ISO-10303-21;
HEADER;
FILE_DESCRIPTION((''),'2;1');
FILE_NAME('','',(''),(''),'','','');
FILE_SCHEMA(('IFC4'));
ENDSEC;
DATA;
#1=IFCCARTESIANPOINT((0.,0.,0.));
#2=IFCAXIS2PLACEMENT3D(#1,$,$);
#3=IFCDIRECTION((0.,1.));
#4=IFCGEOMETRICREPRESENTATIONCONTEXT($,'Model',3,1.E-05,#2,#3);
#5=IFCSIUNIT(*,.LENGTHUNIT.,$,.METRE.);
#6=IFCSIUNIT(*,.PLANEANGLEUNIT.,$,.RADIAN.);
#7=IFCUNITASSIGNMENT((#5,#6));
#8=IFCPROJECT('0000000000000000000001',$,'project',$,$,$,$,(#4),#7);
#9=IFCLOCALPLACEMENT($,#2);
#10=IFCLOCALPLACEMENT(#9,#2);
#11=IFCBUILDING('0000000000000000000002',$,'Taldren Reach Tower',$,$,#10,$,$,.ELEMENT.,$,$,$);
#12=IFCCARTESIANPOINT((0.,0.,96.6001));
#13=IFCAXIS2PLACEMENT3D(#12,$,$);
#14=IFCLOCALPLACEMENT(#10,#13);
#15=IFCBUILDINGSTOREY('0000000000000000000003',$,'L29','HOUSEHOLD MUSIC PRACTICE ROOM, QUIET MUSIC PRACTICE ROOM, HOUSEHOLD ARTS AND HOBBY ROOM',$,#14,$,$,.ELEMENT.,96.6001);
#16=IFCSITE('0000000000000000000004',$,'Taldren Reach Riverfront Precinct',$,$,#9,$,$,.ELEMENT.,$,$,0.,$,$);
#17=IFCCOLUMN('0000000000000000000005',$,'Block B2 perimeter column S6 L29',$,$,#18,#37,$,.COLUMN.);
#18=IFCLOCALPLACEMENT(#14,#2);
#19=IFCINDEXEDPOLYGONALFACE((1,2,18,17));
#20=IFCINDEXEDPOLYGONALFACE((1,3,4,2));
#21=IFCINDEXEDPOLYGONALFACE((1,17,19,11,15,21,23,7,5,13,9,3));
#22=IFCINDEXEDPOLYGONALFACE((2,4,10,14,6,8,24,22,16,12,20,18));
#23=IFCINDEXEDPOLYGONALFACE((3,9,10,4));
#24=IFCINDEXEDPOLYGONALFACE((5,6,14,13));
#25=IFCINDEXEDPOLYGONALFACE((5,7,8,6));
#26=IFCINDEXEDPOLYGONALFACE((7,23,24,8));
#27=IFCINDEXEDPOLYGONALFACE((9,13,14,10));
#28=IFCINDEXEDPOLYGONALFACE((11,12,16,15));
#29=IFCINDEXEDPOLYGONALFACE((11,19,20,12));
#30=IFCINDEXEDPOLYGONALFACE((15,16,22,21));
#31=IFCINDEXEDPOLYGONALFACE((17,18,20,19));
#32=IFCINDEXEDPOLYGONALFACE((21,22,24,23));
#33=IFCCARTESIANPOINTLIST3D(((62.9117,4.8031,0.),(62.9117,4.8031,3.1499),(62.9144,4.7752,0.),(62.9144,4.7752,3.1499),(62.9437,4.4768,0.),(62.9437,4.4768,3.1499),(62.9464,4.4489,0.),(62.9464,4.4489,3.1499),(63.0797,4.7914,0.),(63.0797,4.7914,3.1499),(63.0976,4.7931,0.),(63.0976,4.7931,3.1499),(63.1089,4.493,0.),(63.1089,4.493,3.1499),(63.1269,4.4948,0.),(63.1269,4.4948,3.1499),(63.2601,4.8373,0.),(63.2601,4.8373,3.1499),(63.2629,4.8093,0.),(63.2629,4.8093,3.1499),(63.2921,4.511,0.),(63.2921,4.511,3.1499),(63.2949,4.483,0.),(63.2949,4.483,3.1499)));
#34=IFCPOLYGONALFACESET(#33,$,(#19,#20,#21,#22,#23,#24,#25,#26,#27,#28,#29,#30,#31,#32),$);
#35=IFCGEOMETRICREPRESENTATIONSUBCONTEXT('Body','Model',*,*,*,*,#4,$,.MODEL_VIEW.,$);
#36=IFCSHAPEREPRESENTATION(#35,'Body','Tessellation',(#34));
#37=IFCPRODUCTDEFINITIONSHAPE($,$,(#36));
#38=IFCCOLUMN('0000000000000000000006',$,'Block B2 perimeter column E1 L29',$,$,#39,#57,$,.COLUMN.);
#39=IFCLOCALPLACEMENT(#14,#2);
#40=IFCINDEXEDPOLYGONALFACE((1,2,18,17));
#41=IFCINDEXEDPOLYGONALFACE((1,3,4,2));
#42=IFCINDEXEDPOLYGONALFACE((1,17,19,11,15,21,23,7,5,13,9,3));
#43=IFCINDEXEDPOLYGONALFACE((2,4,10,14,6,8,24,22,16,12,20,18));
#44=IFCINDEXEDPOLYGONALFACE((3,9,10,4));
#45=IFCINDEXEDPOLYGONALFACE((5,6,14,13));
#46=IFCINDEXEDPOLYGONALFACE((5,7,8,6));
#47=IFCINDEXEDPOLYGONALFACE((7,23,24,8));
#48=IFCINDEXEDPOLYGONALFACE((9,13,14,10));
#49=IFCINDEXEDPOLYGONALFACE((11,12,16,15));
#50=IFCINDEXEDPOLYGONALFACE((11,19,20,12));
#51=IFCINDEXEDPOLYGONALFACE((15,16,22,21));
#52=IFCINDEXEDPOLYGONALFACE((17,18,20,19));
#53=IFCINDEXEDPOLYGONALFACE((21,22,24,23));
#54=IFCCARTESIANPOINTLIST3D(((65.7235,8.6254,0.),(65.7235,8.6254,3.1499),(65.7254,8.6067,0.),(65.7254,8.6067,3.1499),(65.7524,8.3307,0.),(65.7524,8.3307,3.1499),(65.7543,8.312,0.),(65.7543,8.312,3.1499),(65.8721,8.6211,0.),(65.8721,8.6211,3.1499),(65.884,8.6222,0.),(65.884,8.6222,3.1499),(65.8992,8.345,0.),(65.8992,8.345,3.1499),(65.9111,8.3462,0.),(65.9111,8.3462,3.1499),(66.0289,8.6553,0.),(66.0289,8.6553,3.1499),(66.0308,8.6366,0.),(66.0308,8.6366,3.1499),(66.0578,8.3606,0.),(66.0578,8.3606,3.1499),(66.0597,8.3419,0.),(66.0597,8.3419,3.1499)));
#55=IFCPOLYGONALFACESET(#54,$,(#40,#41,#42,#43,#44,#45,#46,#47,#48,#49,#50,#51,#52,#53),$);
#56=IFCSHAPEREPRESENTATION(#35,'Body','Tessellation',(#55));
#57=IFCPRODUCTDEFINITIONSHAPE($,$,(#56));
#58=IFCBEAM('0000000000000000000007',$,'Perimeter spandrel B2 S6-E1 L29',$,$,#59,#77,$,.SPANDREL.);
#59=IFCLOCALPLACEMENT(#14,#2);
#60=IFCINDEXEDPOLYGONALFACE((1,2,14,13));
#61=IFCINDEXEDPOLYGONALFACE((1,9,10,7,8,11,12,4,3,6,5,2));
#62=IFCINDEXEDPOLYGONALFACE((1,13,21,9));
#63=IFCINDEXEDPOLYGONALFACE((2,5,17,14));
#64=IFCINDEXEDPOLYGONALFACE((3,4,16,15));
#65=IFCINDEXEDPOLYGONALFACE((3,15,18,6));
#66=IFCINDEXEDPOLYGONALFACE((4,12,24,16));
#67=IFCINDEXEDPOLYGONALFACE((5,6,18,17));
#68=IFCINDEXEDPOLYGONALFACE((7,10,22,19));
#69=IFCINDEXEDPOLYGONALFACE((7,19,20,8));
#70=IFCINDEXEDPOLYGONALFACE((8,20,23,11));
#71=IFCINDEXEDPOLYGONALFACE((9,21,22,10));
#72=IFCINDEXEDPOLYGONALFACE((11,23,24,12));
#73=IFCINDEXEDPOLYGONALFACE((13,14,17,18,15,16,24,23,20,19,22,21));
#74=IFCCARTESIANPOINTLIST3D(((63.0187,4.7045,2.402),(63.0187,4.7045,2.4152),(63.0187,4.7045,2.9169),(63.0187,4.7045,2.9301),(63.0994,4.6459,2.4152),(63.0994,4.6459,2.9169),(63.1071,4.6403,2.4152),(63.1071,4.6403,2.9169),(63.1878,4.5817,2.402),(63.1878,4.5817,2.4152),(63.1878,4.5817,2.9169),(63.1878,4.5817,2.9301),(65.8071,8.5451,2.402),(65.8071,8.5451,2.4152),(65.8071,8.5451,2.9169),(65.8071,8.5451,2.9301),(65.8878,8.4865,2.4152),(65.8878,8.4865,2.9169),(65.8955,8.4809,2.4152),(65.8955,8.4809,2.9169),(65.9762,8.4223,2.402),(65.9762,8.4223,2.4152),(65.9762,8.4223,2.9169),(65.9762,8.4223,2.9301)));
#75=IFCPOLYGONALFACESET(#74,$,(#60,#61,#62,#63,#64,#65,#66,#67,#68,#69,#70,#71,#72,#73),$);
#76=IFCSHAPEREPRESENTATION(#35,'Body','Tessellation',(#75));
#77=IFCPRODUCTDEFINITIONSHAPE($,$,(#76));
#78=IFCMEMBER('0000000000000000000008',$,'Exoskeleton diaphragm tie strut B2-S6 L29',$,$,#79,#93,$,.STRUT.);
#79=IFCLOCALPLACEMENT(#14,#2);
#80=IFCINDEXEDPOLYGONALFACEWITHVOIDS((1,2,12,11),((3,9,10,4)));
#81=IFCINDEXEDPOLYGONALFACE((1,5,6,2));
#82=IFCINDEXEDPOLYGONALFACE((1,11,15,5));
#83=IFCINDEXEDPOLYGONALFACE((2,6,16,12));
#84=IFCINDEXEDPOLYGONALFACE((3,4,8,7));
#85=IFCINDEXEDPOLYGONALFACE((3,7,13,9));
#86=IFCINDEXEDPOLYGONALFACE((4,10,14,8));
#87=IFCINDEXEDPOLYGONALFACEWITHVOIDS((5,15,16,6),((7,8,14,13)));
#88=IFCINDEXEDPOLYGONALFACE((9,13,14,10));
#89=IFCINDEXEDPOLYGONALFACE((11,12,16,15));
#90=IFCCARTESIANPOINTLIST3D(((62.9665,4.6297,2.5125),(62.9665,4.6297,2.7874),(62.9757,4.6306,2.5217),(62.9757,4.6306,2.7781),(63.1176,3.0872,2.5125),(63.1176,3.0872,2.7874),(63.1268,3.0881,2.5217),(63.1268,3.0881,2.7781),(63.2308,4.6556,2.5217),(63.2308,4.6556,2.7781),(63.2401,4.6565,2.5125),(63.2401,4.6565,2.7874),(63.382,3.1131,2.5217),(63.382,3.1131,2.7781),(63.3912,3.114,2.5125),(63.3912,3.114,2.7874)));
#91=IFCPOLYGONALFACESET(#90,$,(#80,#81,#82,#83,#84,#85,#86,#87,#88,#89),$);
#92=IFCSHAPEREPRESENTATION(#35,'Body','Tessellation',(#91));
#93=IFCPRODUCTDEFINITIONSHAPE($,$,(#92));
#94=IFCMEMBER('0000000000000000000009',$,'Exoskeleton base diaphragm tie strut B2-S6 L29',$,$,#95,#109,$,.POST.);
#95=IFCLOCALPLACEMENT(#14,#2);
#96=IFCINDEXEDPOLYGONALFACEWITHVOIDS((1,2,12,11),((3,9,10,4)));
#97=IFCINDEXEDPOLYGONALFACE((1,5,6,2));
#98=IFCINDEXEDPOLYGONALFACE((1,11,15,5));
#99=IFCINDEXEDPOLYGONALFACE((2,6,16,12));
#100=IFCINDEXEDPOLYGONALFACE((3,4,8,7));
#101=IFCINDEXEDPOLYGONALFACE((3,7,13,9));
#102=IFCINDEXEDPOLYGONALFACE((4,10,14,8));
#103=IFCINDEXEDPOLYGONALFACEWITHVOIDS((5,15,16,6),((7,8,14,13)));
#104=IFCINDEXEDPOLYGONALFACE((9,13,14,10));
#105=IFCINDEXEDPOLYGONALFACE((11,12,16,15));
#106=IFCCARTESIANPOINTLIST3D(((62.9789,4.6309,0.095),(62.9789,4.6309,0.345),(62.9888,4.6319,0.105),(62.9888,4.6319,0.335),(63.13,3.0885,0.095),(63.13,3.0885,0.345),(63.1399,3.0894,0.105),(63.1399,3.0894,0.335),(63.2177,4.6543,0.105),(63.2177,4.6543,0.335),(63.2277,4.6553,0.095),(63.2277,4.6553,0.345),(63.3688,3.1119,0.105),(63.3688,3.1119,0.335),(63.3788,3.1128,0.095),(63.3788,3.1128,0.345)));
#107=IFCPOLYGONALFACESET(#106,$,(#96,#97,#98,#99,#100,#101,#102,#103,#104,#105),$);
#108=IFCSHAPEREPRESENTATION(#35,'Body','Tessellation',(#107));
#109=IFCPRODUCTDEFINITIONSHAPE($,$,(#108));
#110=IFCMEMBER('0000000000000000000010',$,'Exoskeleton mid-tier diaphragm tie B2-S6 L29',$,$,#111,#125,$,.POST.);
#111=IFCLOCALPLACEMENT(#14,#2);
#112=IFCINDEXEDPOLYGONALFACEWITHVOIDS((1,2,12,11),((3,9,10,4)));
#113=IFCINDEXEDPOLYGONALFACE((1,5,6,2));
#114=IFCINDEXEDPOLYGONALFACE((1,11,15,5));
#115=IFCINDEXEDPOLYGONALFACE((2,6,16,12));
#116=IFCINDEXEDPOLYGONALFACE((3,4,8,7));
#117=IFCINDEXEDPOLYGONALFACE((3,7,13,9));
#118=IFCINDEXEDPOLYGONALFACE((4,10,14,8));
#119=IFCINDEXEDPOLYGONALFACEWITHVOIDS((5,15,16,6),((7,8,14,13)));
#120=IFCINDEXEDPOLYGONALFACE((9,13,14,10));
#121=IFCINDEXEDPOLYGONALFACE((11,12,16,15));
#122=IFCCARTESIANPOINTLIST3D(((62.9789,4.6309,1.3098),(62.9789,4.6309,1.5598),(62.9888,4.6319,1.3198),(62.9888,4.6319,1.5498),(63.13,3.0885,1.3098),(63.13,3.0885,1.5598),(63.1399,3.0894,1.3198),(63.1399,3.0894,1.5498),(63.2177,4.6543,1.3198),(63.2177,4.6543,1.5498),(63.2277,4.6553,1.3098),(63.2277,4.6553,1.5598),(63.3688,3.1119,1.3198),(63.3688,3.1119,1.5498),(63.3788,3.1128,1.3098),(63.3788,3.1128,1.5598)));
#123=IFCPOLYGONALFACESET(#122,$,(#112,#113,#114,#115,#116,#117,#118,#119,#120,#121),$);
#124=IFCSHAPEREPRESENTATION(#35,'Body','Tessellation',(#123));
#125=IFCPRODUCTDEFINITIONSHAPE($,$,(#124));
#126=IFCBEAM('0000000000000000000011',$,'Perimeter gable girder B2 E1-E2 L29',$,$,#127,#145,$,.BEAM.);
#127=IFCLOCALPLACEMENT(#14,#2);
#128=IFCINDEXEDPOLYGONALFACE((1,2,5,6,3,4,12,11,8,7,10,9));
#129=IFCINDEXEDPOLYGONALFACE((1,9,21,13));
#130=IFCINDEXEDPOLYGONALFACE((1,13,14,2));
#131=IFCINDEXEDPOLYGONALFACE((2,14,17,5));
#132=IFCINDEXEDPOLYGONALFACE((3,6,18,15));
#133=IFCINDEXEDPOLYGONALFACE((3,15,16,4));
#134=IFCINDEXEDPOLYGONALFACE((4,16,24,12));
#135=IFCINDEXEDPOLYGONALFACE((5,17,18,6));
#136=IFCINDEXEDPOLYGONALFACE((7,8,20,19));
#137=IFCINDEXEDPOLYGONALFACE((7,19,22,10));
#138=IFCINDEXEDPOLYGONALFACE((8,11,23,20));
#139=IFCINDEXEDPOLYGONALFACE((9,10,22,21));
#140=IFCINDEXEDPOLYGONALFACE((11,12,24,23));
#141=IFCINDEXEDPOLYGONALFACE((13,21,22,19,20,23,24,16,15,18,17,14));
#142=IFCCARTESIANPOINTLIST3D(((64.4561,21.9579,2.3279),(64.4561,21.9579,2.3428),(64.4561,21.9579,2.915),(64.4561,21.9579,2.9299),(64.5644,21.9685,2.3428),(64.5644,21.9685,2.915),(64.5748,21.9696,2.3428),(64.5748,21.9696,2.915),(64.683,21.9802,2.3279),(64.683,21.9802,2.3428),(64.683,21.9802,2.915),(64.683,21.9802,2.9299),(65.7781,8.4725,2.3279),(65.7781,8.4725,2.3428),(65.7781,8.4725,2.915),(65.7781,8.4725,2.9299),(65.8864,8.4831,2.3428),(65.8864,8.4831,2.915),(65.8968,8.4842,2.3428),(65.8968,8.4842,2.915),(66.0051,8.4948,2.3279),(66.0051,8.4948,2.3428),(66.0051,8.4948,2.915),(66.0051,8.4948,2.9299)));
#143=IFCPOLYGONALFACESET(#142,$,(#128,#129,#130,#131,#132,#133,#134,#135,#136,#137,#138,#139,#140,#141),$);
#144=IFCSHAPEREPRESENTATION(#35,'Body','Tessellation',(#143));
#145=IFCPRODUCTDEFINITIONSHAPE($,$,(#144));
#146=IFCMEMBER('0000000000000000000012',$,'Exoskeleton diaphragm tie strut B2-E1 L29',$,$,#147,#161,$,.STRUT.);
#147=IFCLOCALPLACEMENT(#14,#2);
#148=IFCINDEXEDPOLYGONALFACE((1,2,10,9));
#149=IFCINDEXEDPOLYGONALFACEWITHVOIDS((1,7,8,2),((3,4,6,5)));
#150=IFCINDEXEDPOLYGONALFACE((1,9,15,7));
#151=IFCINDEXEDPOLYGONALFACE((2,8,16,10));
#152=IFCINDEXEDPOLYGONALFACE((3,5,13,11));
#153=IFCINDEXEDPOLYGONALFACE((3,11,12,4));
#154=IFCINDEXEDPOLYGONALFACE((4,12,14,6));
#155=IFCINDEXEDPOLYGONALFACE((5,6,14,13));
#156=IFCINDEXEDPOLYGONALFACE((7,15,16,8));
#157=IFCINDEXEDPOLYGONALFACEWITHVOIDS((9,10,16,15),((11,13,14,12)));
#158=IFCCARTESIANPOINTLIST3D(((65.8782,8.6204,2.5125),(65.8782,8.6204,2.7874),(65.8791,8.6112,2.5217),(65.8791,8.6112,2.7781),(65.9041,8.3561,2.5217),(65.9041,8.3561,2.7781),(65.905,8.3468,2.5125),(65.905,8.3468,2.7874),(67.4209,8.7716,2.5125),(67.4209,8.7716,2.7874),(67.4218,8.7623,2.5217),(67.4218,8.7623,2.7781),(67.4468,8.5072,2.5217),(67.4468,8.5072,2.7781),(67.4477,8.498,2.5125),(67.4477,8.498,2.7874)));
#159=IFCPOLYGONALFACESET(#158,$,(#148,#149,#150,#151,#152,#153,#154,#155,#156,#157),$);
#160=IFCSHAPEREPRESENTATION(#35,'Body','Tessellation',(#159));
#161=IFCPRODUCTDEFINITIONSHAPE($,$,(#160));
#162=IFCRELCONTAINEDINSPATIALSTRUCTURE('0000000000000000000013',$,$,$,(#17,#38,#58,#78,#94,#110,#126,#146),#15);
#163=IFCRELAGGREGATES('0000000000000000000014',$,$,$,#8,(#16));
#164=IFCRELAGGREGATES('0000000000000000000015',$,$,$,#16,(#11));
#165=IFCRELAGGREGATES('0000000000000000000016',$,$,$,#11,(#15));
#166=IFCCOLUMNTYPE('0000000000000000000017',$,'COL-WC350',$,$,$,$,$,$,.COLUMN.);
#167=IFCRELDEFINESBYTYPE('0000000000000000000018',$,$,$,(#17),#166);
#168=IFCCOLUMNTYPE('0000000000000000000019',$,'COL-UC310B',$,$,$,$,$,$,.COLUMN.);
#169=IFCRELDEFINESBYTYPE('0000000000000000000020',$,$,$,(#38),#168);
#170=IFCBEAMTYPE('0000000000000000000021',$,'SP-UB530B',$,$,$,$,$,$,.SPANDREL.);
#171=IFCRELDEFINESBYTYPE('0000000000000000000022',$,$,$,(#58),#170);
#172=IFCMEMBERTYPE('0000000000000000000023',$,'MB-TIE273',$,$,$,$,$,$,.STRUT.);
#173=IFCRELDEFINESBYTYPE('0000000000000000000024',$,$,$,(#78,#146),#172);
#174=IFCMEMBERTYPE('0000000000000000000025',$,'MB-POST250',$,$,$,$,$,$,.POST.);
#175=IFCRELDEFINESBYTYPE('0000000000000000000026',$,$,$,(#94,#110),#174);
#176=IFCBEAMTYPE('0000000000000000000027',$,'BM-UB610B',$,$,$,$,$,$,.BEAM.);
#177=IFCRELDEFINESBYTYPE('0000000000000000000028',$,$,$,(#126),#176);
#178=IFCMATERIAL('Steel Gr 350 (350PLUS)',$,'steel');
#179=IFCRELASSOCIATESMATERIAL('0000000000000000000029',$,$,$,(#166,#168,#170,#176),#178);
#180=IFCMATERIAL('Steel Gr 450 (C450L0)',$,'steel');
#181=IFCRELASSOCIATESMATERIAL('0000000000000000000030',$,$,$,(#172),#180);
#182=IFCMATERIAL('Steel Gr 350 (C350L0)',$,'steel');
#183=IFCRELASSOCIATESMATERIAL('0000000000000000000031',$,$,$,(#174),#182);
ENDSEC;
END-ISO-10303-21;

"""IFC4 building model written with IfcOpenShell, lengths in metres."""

from ifc_helpers import new_model, si_unit, direction, frame, origin, origin_2d, place, context, subcontext, project, spatial, hollow_rectangle, i_section, extrude, source, transform, mapped, material, material_profile, profile_set, type_object, element, save


model = new_model("IFC4")

# Units and contexts
model_context = context("Model", 3, precision=1e-05, world=origin(), true_north=direction((0.0, 1.0)))
body_context = subcontext(model_context, "Body", "Model", "MODEL_VIEW")
ifc_project = project(units=[si_unit("LENGTHUNIT", "METRE"), si_unit("PLANEANGLEUNIT", "RADIAN")], contexts=[model_context])

# Site, building, storey
site_placement = place(None, origin())
site = spatial("IfcSite", under=ifc_project, at=site_placement, Name="Taldren Reach Riverfront Precinct", CompositionType="ELEMENT", RefElevation=0.0)
building_placement = place(site_placement, origin())
building = spatial("IfcBuilding", under=site, at=building_placement, Name="Taldren Reach Tower", CompositionType="ELEMENT")
storey_placement = place(building_placement, frame((0.0, 0.0, 96.6001)))
storey = spatial("IfcBuildingStorey", under=building, at=storey_placement, Name="L29", Description="HOUSEHOLD MUSIC PRACTICE ROOM, QUIET MUSIC PRACTICE ROOM, HOUSEHOLD ARTS AND HOBBY ROOM", CompositionType="ELEMENT", Elevation=96.6001)

# Columns
ifc_material_1 = material(Name="Steel Gr 350 (350PLUS)", Category="steel")
ifc_material_profile_1 = material_profile(ifc_material_1, i_section(OverallWidth=0.3501, OverallDepth=0.356, WebThickness=0.0181, FlangeThickness=0.0281, at=origin_2d()), Name="350WC197")
ifc_profile_set_1 = profile_set([ifc_material_profile_1], Name="Steel Gr 350 (350PLUS)")
column_type_1 = type_object("IfcColumnType", Name="COL-WC350", PredefinedType="COLUMN", material=ifc_profile_set_1)
shared_shape_1 = source(origin(), body_context, "Body", "SweptSolid", [
    extrude(i_section(OverallWidth=0.3501, OverallDepth=0.356, WebThickness=0.0181, FlangeThickness=0.0281, at=origin_2d()), origin(), (0.0, 0.0, 1.0), 3.1499),
])
column_1_placement = place(storey_placement, frame((63.1033, 4.6431, 0.0), z_axis=(0.0, 0.0, 1.0), x_axis=(0.995227, 0.097583, 0.0)))
element("IfcColumn", 1, at=column_1_placement, inside=storey, type_object=column_type_1, Name="Block B2 perimeter column S6 L29", PredefinedType="COLUMN", context=body_context, shape_type="MappedRepresentation", body=[
    mapped(shared_shape_1, transform((0.0, 0.0, 0.0), scale=1.0)),
])
ifc_material_profile_2 = material_profile(ifc_material_1, i_section(OverallWidth=0.3069, OverallDepth=0.3149, WebThickness=0.012, FlangeThickness=0.0188, at=origin_2d()), Name="310UC118")
ifc_profile_set_2 = profile_set([ifc_material_profile_2], Name="Steel Gr 350 (350PLUS)")
column_type_2 = type_object("IfcColumnType", Name="COL-UC310B", PredefinedType="COLUMN", material=ifc_profile_set_2)
shared_shape_2 = source(origin(), body_context, "Body", "SweptSolid", [
    extrude(i_section(OverallWidth=0.3069, OverallDepth=0.3149, WebThickness=0.012, FlangeThickness=0.0188, at=origin_2d()), origin(), (0.0, 0.0, 1.0), 3.1499),
])
column_2_placement = place(storey_placement, frame((65.8916, 8.4836, 0.0), z_axis=(0.0, 0.0, 1.0), x_axis=(0.995227, 0.097583, 0.0)))
element("IfcColumn", 2, at=column_2_placement, inside=storey, type_object=column_type_2, Name="Block B2 perimeter column E1 L29", PredefinedType="COLUMN", context=body_context, shape_type="MappedRepresentation", body=[
    mapped(shared_shape_2, transform((0.0, 0.0, 0.0), scale=1.0)),
])

# Beam
ifc_material_profile_3 = material_profile(ifc_material_1, i_section(OverallWidth=0.209, OverallDepth=0.5281, WebThickness=0.0095, FlangeThickness=0.0132, at=origin_2d()), Name="530UB82.0")
ifc_profile_set_3 = profile_set([ifc_material_profile_3], Name="Steel Gr 350 (350PLUS)")
beam_type_1 = type_object("IfcBeamType", Name="SP-UB530B", PredefinedType="SPANDREL", material=ifc_profile_set_3)
shared_shape_3 = source(origin(), body_context, "Body", "SweptSolid", [
    extrude(i_section(OverallWidth=0.209, OverallDepth=0.5281, WebThickness=0.0095, FlangeThickness=0.0132, at=origin_2d()), origin(), (0.0, 0.0, 1.0), 4.7461),
])
beam_1_placement = place(storey_placement, frame((63.1033, 4.6431, 2.666), z_axis=(0.587508, 0.809219, 0.0), x_axis=(-0.809219, 0.587508, 0.0)))
element("IfcBeam", 3, at=beam_1_placement, inside=storey, type_object=beam_type_1, Name="Perimeter spandrel B2 S6-E1 L29", PredefinedType="SPANDREL", context=body_context, shape_type="MappedRepresentation", body=[
    mapped(shared_shape_3, transform((0.0, 0.0, 0.0), scale=1.0)),
])

# Members
ifc_material_2 = material(Name="Steel Gr 450 (C450L0)", Category="steel")
ifc_material_profile_4 = material_profile(ifc_material_2, hollow_rectangle(XDim=0.2749, YDim=0.2749, WallThickness=0.0093, at=origin_2d()), Name="275x275x9.3SHS")
ifc_profile_set_4 = profile_set([ifc_material_profile_4], Name="Steel Gr 450 (C450L0)")
member_type_1 = type_object("IfcMemberType", Name="MB-TIE273", PredefinedType="STRUT", material=ifc_profile_set_4)
shared_shape_4 = source(origin(), body_context, "Body", "SweptSolid", [
    extrude(hollow_rectangle(XDim=0.2749, YDim=0.2749, WallThickness=0.0093, at=origin_2d()), origin(), (0.0, 0.0, 1.0), 1.5498),
])
member_1_placement = place(storey_placement, frame((63.1033, 4.6431, 2.6499), z_axis=(0.097507, -0.995235, 0.0), x_axis=(0.995235, 0.097507, 0.0)))
element("IfcMember", 4, at=member_1_placement, inside=storey, type_object=member_type_1, Name="Exoskeleton diaphragm tie strut B2-S6 L29", PredefinedType="STRUT", context=body_context, shape_type="MappedRepresentation", body=[
    mapped(shared_shape_4, transform((0.0, 0.0, 0.0), scale=1.0)),
])
ifc_material_3 = material(Name="Steel Gr 350 (C350L0)", Category="steel")
ifc_material_profile_5 = material_profile(ifc_material_3, hollow_rectangle(XDim=0.25, YDim=0.25, WallThickness=0.01, at=origin_2d()), Name="250x250x10.0SHS")
ifc_profile_set_5 = profile_set([ifc_material_profile_5], Name="Steel Gr 350 (C350L0)")
member_type_2 = type_object("IfcMemberType", Name="MB-POST250", PredefinedType="POST", material=ifc_profile_set_5)
shared_shape_5 = source(origin(), body_context, "Body", "SweptSolid", [
    extrude(hollow_rectangle(XDim=0.25, YDim=0.25, WallThickness=0.01, at=origin_2d()), origin(), (0.0, 0.0, 1.0), 1.5498),
])
for number, where, z_axis, x_axis, name in (
    (5, (63.1033, 4.6431, 0.22), (0.097507, -0.995235, 0.0), (0.995235, 0.097507, 0.0), "Exoskeleton base diaphragm tie strut B2-S6 L29"),
    (6, (63.1033, 4.6431, 1.4348), (0.097507, -0.995235, 0.0), (0.995235, 0.097507, 0.0), "Exoskeleton mid-tier diaphragm tie B2-S6 L29"),
):
    element("IfcMember", number, at=place(storey_placement, frame(where, z_axis=z_axis, x_axis=x_axis)), inside=storey, type_object=member_type_2, Name=name, PredefinedType="POST", context=body_context, shape_type="MappedRepresentation", body=[
        mapped(shared_shape_5, transform((0.0, 0.0, 0.0), scale=1.0)),
    ])

# Beam
ifc_material_profile_6 = material_profile(ifc_material_1, i_section(OverallWidth=0.228, OverallDepth=0.6021, WebThickness=0.0105, FlangeThickness=0.0149, at=origin_2d()), Name="610UB101")
ifc_profile_set_6 = profile_set([ifc_material_profile_6], Name="Steel Gr 350 (350PLUS)")
beam_type_2 = type_object("IfcBeamType", Name="BM-UB610B", PredefinedType="BEAM", material=ifc_profile_set_6)
shared_shape_6 = source(origin(), body_context, "Body", "SweptSolid", [
    extrude(i_section(OverallWidth=0.228, OverallDepth=0.6021, WebThickness=0.0105, FlangeThickness=0.0149, at=origin_2d()), origin(), (0.0, 0.0, 1.0), 13.55),
])
beam_2_placement = place(storey_placement, frame((65.8916, 8.4836, 2.6289), z_axis=(-0.097566, 0.995229, 0.0), x_axis=(-0.995229, -0.097566, 0.0)))
element("IfcBeam", 7, at=beam_2_placement, inside=storey, type_object=beam_type_2, Name="Perimeter gable girder B2 E1-E2 L29", PredefinedType="BEAM", context=body_context, shape_type="MappedRepresentation", body=[
    mapped(shared_shape_6, transform((0.0, 0.0, 0.0), scale=1.0)),
])

# Member
shared_shape_7 = source(origin(), body_context, "Body", "SweptSolid", [
    extrude(hollow_rectangle(XDim=0.2749, YDim=0.2749, WallThickness=0.0093, at=origin_2d()), origin(), (0.0, 0.0, 1.0), 1.55),
])
member_2_placement = place(storey_placement, frame((65.8916, 8.4836, 2.6499), z_axis=(0.995236, 0.097492, 0.0), x_axis=(-0.097492, 0.995236, 0.0)))
element("IfcMember", 8, at=member_2_placement, inside=storey, type_object=member_type_1, Name="Exoskeleton diaphragm tie strut B2-E1 L29", PredefinedType="STRUT", context=body_context, shape_type="MappedRepresentation", body=[
    mapped(shared_shape_7, transform((0.0, 0.0, 0.0), scale=1.0)),
])

save(model, "model.ifc")
